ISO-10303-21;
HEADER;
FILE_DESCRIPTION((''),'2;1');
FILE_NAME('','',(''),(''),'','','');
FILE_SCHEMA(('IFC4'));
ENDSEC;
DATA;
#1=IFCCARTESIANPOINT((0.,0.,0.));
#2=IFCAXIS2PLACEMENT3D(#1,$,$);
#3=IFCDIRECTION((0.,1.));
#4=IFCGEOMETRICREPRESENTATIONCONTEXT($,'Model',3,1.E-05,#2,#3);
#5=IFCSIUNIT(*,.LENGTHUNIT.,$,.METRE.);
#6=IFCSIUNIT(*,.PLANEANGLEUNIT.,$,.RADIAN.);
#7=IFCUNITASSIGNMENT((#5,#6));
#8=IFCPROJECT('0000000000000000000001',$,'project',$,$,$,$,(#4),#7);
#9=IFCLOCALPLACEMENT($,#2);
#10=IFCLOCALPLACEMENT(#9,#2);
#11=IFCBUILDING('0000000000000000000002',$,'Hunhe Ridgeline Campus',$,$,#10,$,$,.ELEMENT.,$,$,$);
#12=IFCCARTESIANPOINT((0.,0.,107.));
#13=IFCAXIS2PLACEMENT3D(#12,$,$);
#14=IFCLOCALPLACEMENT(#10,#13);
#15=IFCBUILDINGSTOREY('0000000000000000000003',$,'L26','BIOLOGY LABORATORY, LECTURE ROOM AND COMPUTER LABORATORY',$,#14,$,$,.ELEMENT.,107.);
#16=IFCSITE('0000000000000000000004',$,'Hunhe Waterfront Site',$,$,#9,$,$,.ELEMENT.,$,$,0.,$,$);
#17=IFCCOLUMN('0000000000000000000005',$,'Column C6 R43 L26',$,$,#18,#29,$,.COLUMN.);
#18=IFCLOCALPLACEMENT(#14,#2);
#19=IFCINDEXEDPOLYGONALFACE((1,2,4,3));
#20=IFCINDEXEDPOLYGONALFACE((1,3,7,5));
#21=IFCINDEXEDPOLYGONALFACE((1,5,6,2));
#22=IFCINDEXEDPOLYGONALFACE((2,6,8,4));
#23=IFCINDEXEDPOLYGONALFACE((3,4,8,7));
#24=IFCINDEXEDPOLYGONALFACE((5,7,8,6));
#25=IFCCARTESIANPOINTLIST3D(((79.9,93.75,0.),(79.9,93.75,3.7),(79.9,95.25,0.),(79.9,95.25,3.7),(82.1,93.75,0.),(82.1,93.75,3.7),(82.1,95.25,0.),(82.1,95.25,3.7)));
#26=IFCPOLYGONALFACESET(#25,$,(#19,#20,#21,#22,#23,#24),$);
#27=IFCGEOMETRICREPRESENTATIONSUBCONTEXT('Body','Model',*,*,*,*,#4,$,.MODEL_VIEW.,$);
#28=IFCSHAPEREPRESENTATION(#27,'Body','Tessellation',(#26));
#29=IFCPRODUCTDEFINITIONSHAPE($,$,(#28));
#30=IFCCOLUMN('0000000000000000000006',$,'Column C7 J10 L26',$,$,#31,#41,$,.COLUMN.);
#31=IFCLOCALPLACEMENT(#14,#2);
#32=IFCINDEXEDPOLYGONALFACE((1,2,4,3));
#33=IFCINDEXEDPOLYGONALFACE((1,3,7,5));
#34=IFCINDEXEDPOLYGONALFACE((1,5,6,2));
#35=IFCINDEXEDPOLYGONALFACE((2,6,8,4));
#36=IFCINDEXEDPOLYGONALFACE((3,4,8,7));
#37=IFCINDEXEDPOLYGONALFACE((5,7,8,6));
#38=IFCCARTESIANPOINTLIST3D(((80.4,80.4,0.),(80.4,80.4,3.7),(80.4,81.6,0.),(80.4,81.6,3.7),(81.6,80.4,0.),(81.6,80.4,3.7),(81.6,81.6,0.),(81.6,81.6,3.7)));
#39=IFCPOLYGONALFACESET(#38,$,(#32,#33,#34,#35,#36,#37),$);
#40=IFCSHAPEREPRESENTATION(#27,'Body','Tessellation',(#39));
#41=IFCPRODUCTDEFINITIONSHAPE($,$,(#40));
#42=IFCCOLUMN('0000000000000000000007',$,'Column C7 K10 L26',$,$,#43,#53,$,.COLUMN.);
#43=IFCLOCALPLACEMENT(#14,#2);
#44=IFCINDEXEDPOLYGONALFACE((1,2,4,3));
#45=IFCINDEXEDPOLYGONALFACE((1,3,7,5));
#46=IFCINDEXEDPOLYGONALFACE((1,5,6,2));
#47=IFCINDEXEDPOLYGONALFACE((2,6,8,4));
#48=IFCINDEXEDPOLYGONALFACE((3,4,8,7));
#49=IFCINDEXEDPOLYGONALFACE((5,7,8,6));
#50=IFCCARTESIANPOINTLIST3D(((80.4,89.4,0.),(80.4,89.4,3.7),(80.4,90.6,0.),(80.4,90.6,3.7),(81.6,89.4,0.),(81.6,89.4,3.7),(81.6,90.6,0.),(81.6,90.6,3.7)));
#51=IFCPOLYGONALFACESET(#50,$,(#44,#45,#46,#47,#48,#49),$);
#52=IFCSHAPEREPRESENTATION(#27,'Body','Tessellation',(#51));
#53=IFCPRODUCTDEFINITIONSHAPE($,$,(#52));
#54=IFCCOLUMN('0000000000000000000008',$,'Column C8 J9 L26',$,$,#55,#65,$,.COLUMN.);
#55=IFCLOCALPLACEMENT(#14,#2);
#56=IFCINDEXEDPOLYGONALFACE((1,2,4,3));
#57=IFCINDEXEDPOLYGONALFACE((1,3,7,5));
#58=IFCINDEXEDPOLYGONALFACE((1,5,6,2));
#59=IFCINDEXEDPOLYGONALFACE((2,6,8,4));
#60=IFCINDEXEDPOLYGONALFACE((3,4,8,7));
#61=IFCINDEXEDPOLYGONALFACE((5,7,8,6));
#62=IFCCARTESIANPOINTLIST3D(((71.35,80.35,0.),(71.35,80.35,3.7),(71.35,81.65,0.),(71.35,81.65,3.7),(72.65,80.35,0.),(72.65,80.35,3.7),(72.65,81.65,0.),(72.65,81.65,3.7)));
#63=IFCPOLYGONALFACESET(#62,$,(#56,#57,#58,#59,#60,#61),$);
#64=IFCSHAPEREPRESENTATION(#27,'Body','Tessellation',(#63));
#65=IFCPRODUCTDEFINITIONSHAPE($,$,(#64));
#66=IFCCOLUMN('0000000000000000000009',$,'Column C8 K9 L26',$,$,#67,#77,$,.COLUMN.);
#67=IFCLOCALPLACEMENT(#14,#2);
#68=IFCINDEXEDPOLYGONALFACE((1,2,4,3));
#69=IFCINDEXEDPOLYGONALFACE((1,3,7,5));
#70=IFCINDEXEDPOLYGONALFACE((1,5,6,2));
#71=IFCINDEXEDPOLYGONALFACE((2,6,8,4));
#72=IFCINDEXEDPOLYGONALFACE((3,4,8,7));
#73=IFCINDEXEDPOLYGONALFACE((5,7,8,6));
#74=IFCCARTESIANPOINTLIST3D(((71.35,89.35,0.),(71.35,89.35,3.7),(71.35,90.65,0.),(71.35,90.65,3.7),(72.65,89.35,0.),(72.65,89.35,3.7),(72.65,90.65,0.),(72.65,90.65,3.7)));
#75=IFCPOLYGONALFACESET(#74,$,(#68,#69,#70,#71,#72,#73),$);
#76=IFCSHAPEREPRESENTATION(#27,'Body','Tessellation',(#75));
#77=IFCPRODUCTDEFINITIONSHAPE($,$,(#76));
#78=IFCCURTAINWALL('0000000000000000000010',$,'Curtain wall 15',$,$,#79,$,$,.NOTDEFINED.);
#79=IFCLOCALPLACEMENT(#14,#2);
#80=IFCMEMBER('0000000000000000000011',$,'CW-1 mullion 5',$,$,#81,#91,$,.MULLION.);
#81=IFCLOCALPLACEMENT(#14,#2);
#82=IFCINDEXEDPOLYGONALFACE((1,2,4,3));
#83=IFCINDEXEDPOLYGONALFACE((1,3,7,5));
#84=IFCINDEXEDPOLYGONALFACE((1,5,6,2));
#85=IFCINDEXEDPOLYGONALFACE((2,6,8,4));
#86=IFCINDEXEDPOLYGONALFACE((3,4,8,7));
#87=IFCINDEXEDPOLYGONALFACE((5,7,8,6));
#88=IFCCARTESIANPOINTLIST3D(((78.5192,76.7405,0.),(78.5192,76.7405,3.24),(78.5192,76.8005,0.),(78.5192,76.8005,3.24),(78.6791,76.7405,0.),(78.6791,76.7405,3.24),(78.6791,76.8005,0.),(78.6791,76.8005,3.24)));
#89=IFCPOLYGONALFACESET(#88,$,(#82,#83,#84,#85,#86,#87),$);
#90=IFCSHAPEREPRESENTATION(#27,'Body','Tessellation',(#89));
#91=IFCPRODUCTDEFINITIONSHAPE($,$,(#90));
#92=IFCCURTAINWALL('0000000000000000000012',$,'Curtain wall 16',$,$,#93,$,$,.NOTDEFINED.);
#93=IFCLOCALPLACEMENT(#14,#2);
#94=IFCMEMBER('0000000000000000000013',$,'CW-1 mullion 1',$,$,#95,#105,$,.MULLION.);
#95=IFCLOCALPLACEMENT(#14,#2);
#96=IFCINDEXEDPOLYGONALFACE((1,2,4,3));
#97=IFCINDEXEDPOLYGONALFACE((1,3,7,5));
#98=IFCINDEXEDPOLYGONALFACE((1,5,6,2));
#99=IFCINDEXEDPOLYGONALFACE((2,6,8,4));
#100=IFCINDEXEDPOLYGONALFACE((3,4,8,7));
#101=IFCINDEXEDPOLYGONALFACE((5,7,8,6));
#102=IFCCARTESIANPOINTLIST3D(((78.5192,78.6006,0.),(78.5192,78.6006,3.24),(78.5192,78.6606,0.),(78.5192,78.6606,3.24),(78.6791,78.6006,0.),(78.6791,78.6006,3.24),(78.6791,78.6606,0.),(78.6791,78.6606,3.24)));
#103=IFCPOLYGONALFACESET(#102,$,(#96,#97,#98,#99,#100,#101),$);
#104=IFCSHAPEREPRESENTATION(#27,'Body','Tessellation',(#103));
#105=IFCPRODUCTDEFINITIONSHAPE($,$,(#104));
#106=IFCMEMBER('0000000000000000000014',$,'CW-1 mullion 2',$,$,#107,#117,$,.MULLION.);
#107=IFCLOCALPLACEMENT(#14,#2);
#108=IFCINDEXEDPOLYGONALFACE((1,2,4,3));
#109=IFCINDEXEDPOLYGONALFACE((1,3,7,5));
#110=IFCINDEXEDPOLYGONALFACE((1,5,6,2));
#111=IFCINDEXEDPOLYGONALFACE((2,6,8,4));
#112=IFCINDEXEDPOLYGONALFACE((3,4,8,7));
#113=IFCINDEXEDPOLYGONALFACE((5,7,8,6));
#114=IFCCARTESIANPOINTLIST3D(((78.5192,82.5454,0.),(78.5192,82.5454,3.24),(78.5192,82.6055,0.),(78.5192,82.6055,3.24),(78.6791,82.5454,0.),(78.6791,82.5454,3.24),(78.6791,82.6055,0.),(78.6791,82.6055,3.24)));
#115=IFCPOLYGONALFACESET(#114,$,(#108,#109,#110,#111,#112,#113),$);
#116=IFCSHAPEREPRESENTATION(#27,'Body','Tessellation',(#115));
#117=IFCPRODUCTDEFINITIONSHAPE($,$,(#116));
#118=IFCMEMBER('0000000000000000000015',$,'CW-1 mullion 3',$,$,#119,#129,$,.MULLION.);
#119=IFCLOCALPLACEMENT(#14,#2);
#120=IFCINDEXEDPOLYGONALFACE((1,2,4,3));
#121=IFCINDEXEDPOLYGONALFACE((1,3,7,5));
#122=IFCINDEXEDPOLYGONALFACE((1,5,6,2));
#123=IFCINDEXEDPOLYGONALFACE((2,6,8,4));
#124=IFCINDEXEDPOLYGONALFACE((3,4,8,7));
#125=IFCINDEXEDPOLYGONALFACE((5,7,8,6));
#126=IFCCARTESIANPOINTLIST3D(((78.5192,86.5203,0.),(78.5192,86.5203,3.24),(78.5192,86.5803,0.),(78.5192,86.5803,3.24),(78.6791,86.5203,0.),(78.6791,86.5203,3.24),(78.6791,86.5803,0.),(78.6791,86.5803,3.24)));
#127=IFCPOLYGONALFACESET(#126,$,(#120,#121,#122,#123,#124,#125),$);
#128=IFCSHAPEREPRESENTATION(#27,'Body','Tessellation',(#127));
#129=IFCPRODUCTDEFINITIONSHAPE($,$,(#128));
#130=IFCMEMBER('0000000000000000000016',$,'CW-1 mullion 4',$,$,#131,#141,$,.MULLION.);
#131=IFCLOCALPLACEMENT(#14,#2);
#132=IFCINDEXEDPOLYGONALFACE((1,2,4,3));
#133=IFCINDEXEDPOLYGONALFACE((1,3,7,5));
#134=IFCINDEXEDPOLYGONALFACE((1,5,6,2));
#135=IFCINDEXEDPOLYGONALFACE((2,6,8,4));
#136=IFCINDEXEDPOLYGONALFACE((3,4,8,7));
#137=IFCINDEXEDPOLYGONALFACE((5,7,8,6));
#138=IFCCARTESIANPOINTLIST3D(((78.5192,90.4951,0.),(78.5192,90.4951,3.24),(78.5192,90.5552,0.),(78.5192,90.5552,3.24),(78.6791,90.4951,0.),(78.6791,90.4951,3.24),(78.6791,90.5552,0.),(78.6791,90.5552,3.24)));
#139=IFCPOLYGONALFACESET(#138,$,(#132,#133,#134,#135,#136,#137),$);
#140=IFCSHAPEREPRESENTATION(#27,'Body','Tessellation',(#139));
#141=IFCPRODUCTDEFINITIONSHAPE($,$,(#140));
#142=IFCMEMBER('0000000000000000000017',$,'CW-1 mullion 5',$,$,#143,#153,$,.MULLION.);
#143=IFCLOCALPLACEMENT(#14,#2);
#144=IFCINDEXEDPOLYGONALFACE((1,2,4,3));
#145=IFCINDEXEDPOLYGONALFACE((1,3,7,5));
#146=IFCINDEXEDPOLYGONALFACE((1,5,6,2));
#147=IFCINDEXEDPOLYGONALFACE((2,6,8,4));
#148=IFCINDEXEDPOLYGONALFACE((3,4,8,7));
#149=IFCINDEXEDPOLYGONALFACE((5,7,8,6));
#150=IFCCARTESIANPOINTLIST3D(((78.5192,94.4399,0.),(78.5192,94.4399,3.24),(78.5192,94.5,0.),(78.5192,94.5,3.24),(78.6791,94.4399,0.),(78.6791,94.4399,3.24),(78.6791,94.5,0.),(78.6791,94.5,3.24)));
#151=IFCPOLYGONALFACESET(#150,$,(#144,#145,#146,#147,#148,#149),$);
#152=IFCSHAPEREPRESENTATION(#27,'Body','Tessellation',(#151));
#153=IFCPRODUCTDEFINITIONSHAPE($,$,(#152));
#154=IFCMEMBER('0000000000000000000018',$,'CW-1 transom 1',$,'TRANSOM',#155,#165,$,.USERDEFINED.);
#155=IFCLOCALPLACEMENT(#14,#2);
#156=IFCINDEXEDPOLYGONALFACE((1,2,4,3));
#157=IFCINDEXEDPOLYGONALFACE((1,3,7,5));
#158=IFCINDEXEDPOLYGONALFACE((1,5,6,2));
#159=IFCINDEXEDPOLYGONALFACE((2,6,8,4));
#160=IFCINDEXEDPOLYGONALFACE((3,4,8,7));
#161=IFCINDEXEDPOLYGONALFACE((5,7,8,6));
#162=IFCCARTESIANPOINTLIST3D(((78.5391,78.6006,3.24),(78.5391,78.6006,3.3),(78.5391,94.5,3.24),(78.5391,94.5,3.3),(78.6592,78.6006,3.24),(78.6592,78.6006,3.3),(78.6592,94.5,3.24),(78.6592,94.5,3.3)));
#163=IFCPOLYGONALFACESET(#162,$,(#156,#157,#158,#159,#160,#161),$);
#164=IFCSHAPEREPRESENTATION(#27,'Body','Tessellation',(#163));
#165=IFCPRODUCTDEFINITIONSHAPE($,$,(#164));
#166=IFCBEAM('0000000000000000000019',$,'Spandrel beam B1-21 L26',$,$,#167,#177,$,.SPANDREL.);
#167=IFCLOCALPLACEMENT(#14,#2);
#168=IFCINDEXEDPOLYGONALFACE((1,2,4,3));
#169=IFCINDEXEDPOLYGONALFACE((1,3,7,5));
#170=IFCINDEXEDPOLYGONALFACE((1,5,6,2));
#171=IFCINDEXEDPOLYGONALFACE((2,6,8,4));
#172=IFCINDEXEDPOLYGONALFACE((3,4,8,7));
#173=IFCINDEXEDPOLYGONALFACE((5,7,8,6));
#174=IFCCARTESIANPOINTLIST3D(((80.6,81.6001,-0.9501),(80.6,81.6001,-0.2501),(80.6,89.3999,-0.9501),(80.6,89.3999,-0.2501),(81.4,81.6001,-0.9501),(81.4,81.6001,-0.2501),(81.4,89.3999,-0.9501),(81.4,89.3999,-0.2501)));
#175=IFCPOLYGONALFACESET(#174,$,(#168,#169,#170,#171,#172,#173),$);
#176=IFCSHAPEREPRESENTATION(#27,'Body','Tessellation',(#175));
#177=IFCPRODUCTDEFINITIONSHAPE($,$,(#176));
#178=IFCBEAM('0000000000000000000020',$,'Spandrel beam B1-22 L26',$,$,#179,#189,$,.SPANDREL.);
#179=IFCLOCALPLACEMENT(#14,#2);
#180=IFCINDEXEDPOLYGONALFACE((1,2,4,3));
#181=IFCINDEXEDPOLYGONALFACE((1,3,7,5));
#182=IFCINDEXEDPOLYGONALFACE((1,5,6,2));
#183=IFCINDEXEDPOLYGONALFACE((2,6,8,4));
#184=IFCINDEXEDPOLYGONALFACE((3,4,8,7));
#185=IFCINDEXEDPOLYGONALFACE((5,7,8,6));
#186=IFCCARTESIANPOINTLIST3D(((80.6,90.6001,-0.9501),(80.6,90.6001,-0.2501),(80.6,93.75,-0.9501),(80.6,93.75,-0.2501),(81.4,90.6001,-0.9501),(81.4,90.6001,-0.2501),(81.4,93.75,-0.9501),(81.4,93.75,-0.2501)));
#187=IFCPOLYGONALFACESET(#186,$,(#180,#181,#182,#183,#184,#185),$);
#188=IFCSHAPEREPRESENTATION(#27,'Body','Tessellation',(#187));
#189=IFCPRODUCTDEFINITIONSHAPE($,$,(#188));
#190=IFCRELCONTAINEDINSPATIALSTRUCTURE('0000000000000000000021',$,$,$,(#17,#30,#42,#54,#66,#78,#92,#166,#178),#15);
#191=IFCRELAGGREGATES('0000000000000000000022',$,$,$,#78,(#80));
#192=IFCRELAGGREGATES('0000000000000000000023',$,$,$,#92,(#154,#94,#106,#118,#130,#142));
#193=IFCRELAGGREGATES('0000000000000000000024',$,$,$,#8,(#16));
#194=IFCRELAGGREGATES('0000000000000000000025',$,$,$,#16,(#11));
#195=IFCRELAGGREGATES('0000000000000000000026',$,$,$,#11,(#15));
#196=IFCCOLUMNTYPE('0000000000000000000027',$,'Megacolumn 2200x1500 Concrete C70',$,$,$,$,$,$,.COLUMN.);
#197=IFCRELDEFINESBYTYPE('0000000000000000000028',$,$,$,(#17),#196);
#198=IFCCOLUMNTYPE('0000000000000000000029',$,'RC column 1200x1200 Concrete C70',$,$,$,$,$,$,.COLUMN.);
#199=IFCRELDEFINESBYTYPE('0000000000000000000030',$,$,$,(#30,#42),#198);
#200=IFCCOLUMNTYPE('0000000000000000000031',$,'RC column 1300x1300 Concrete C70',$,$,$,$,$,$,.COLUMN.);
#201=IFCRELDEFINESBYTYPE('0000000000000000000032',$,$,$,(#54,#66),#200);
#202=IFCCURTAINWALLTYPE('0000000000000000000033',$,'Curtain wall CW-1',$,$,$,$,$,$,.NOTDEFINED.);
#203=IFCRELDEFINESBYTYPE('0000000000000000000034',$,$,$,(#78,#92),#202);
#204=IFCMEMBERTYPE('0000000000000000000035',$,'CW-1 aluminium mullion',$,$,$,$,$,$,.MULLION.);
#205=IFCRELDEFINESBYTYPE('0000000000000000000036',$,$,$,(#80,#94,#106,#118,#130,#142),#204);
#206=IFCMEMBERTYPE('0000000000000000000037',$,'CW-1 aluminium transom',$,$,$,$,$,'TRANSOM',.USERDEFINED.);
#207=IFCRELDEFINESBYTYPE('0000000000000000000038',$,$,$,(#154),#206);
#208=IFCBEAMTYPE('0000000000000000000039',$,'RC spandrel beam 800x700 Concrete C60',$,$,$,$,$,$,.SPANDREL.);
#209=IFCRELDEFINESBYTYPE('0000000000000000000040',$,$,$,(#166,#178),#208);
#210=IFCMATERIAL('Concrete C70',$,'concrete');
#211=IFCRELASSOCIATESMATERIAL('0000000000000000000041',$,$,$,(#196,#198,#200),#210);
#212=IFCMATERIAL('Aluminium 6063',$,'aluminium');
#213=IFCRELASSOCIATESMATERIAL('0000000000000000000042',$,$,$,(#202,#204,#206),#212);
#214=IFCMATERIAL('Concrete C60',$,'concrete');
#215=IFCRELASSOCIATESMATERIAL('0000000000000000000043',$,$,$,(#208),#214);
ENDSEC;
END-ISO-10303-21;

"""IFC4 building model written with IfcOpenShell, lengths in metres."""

from ifc_helpers import new_model, si_unit, direction, frame, origin, origin_2d, place, context, subcontext, project, spatial, rectangle, extrude, material, material_profile, profile_set, type_object, element, aggregate, save


model = new_model("IFC4")

# Units and contexts
model_context = context("Model", 3, precision=1e-05, world=origin(), true_north=direction((0.0, 1.0)))
body_context = subcontext(model_context, "Body", "Model", "MODEL_VIEW")
ifc_project = project(units=[si_unit("LENGTHUNIT", "METRE"), si_unit("PLANEANGLEUNIT", "RADIAN")], contexts=[model_context])

# Site, building, storey
site_placement = place(None, origin())
site = spatial("IfcSite", under=ifc_project, at=site_placement, Name="Hunhe Waterfront Site", CompositionType="ELEMENT", RefElevation=0.0)
building_placement = place(site_placement, origin())
building = spatial("IfcBuilding", under=site, at=building_placement, Name="Hunhe Ridgeline Campus", CompositionType="ELEMENT")
storey_placement = place(building_placement, frame((0.0, 0.0, 107.0)))
storey = spatial("IfcBuildingStorey", under=building, at=storey_placement, Name="L26", Description="BIOLOGY LABORATORY, LECTURE ROOM AND COMPUTER LABORATORY", CompositionType="ELEMENT", Elevation=107.0)

# Columns
ifc_material_1 = material(Name="Concrete C70", Category="concrete")
ifc_material_profile_1 = material_profile(ifc_material_1, rectangle(XDim=2.2, YDim=1.5, at=origin_2d()))
ifc_profile_set_1 = profile_set([ifc_material_profile_1], Name="Concrete C70")
column_type_1 = type_object("IfcColumnType", Name="Megacolumn 2200x1500 Concrete C70", PredefinedType="COLUMN", material=ifc_profile_set_1)
column_placement = place(storey_placement, frame((81.0, 94.5, 0.0), z_axis=(0.0, 0.0, 1.0), x_axis=(1.0, 0.0, 0.0)))
element("IfcColumn", 1, at=column_placement, inside=storey, type_object=column_type_1, Name="Column C6 R43 L26", PredefinedType="COLUMN", context=body_context, shape_type="SweptSolid", body=[
    extrude(rectangle(XDim=2.2, YDim=1.5, at=origin_2d()), origin(), (0.0, 0.0, 1.0), 3.7),
])
ifc_material_profile_2 = material_profile(ifc_material_1, rectangle(XDim=1.2, YDim=1.2, at=origin_2d()))
ifc_profile_set_2 = profile_set([ifc_material_profile_2], Name="Concrete C70")
column_type_2 = type_object("IfcColumnType", Name="RC column 1200x1200 Concrete C70", PredefinedType="COLUMN", material=ifc_profile_set_2)
for number, where, z_axis, x_axis, name in (
    (2, (81.0, 81.0, 0.0), (0.0, 0.0, 1.0), (1.0, 0.0, 0.0), "Column C7 J10 L26"),
    (3, (81.0, 90.0, 0.0), (0.0, 0.0, 1.0), (1.0, 0.0, 0.0), "Column C7 K10 L26"),
):
    element("IfcColumn", number, at=place(storey_placement, frame(where, z_axis=z_axis, x_axis=x_axis)), inside=storey, type_object=column_type_2, Name=name, PredefinedType="COLUMN", context=body_context, shape_type="SweptSolid", body=[
        extrude(rectangle(XDim=1.2, YDim=1.2, at=origin_2d()), origin(), (0.0, 0.0, 1.0), 3.7),
    ])
ifc_material_profile_3 = material_profile(ifc_material_1, rectangle(XDim=1.3, YDim=1.3, at=origin_2d()))
ifc_profile_set_3 = profile_set([ifc_material_profile_3], Name="Concrete C70")
column_type_3 = type_object("IfcColumnType", Name="RC column 1300x1300 Concrete C70", PredefinedType="COLUMN", material=ifc_profile_set_3)
for number, where, z_axis, x_axis, name in (
    (4, (72.0, 81.0, 0.0), (0.0, 0.0, 1.0), (1.0, 0.0, 0.0), "Column C8 J9 L26"),
    (5, (72.0, 90.0, 0.0), (0.0, 0.0, 1.0), (1.0, 0.0, 0.0), "Column C8 K9 L26"),
):
    element("IfcColumn", number, at=place(storey_placement, frame(where, z_axis=z_axis, x_axis=x_axis)), inside=storey, type_object=column_type_3, Name=name, PredefinedType="COLUMN", context=body_context, shape_type="SweptSolid", body=[
        extrude(rectangle(XDim=1.3, YDim=1.3, at=origin_2d()), origin(), (0.0, 0.0, 1.0), 3.7),
    ])

# Curtain wall, member
ifc_material_2 = material(Name="Aluminium 6063", Category="aluminium")
curtain_wall_type = type_object("IfcCurtainWallType", Name="Curtain wall CW-1", PredefinedType="NOTDEFINED", material=ifc_material_2)
curtain_wall_1_placement = place(storey_placement, origin())
curtain_wall_1 = element("IfcCurtainWall", 6, at=curtain_wall_1_placement, inside=storey, type_object=curtain_wall_type, Name="Curtain wall 15", PredefinedType="NOTDEFINED")
ifc_material_profile_4 = material_profile(ifc_material_2, rectangle(XDim=0.1599, YDim=0.0601, at=origin_2d()))
ifc_profile_set_4 = profile_set([ifc_material_profile_4], Name="Aluminium 6063")
member_type_1 = type_object("IfcMemberType", Name="CW-1 aluminium mullion", PredefinedType="MULLION", material=ifc_profile_set_4)
member_1_placement = place(storey_placement, frame((78.5991, 76.7705, 0.0), z_axis=(0.0, 0.0, 1.0), x_axis=(-1.0, 0.0, 0.0)))
member_1 = element("IfcMember", 7, at=member_1_placement, type_object=member_type_1, Name="CW-1 mullion 5", PredefinedType="MULLION", context=body_context, shape_type="SweptSolid", body=[
    extrude(rectangle(XDim=0.1599, YDim=0.0601, at=origin_2d()), origin(), (0.0, 0.0, 1.0), 3.24),
])

# Curtain wall, members
curtain_wall_2_placement = place(storey_placement, origin())
curtain_wall_2 = element("IfcCurtainWall", 8, at=curtain_wall_2_placement, inside=storey, type_object=curtain_wall_type, Name="Curtain wall 16", PredefinedType="NOTDEFINED")
member_2_placement = place(storey_placement, frame((78.5991, 78.6306, 0.0), z_axis=(0.0, 0.0, 1.0), x_axis=(-1.0, 0.0, 0.0)))
member_2 = element("IfcMember", 9, at=member_2_placement, type_object=member_type_1, Name="CW-1 mullion 1", PredefinedType="MULLION", context=body_context, shape_type="SweptSolid", body=[
    extrude(rectangle(XDim=0.1599, YDim=0.0601, at=origin_2d()), origin(), (0.0, 0.0, 1.0), 3.24),
])
member_3_placement = place(storey_placement, frame((78.5991, 82.5754, 0.0), z_axis=(0.0, 0.0, 1.0), x_axis=(-1.0, 0.0, 0.0)))
member_3 = element("IfcMember", 10, at=member_3_placement, type_object=member_type_1, Name="CW-1 mullion 2", PredefinedType="MULLION", context=body_context, shape_type="SweptSolid", body=[
    extrude(rectangle(XDim=0.1599, YDim=0.0601, at=origin_2d()), origin(), (0.0, 0.0, 1.0), 3.24),
])
member_4_placement = place(storey_placement, frame((78.5991, 86.5503, 0.0), z_axis=(0.0, 0.0, 1.0), x_axis=(-1.0, 0.0, 0.0)))
member_4 = element("IfcMember", 11, at=member_4_placement, type_object=member_type_1, Name="CW-1 mullion 3", PredefinedType="MULLION", context=body_context, shape_type="SweptSolid", body=[
    extrude(rectangle(XDim=0.1599, YDim=0.0601, at=origin_2d()), origin(), (0.0, 0.0, 1.0), 3.24),
])
member_5_placement = place(storey_placement, frame((78.5991, 90.5251, 0.0), z_axis=(0.0, 0.0, 1.0), x_axis=(-1.0, 0.0, 0.0)))
member_5 = element("IfcMember", 12, at=member_5_placement, type_object=member_type_1, Name="CW-1 mullion 4", PredefinedType="MULLION", context=body_context, shape_type="SweptSolid", body=[
    extrude(rectangle(XDim=0.1599, YDim=0.0601, at=origin_2d()), origin(), (0.0, 0.0, 1.0), 3.24),
])
member_6_placement = place(storey_placement, frame((78.5991, 94.47, 0.0), z_axis=(0.0, 0.0, 1.0), x_axis=(-1.0, 0.0, 0.0)))
member_6 = element("IfcMember", 13, at=member_6_placement, type_object=member_type_1, Name="CW-1 mullion 5", PredefinedType="MULLION", context=body_context, shape_type="SweptSolid", body=[
    extrude(rectangle(XDim=0.1599, YDim=0.0601, at=origin_2d()), origin(), (0.0, 0.0, 1.0), 3.24),
])
ifc_material_profile_5 = material_profile(ifc_material_2, rectangle(XDim=0.1201, YDim=0.0601, at=origin_2d()))
ifc_profile_set_5 = profile_set([ifc_material_profile_5], Name="Aluminium 6063")
member_type_2 = type_object("IfcMemberType", Name="CW-1 aluminium transom", ElementType="TRANSOM", PredefinedType="USERDEFINED", material=ifc_profile_set_5)
member_7_placement = place(storey_placement, frame((78.5991, 78.6006, 3.27), z_axis=(0.0, 1.0, 0.0), x_axis=(-1.0, 0.0, 0.0)))
member_7 = element("IfcMember", 14, at=member_7_placement, type_object=member_type_2, Name="CW-1 transom 1", ObjectType="TRANSOM", PredefinedType="USERDEFINED", context=body_context, shape_type="SweptSolid", body=[
    extrude(rectangle(XDim=0.1201, YDim=0.0601, at=origin_2d()), origin(), (0.0, 0.0, 1.0), 15.8994),
])

# Beams
ifc_material_3 = material(Name="Concrete C60", Category="concrete")
ifc_material_profile_6 = material_profile(ifc_material_3, rectangle(XDim=0.8, YDim=0.7, at=origin_2d()))
ifc_profile_set_6 = profile_set([ifc_material_profile_6], Name="Concrete C60")
beam_type = type_object("IfcBeamType", Name="RC spandrel beam 800x700 Concrete C60", PredefinedType="SPANDREL", material=ifc_profile_set_6)
beam_1_placement = place(storey_placement, frame((81.0, 81.6001, -0.6001), z_axis=(0.0, 1.0, 0.0), x_axis=(-1.0, 0.0, 0.0)))
element("IfcBeam", 15, at=beam_1_placement, inside=storey, type_object=beam_type, Name="Spandrel beam B1-21 L26", PredefinedType="SPANDREL", context=body_context, shape_type="SweptSolid", body=[
    extrude(rectangle(XDim=0.8, YDim=0.7, at=origin_2d()), origin(), (0.0, 0.0, 1.0), 7.7998),
])
beam_2_placement = place(storey_placement, frame((81.0, 90.6001, -0.6001), z_axis=(0.0, 1.0, 0.0), x_axis=(-1.0, 0.0, 0.0)))
element("IfcBeam", 16, at=beam_2_placement, inside=storey, type_object=beam_type, Name="Spandrel beam B1-22 L26", PredefinedType="SPANDREL", context=body_context, shape_type="SweptSolid", body=[
    extrude(rectangle(XDim=0.8, YDim=0.7, at=origin_2d()), origin(), (0.0, 0.0, 1.0), 3.1499),
])

aggregate(curtain_wall_1, [member_1])
aggregate(curtain_wall_2, [member_7, member_2, member_3, member_4, member_5, member_6])

save(model, "model.ifc")
